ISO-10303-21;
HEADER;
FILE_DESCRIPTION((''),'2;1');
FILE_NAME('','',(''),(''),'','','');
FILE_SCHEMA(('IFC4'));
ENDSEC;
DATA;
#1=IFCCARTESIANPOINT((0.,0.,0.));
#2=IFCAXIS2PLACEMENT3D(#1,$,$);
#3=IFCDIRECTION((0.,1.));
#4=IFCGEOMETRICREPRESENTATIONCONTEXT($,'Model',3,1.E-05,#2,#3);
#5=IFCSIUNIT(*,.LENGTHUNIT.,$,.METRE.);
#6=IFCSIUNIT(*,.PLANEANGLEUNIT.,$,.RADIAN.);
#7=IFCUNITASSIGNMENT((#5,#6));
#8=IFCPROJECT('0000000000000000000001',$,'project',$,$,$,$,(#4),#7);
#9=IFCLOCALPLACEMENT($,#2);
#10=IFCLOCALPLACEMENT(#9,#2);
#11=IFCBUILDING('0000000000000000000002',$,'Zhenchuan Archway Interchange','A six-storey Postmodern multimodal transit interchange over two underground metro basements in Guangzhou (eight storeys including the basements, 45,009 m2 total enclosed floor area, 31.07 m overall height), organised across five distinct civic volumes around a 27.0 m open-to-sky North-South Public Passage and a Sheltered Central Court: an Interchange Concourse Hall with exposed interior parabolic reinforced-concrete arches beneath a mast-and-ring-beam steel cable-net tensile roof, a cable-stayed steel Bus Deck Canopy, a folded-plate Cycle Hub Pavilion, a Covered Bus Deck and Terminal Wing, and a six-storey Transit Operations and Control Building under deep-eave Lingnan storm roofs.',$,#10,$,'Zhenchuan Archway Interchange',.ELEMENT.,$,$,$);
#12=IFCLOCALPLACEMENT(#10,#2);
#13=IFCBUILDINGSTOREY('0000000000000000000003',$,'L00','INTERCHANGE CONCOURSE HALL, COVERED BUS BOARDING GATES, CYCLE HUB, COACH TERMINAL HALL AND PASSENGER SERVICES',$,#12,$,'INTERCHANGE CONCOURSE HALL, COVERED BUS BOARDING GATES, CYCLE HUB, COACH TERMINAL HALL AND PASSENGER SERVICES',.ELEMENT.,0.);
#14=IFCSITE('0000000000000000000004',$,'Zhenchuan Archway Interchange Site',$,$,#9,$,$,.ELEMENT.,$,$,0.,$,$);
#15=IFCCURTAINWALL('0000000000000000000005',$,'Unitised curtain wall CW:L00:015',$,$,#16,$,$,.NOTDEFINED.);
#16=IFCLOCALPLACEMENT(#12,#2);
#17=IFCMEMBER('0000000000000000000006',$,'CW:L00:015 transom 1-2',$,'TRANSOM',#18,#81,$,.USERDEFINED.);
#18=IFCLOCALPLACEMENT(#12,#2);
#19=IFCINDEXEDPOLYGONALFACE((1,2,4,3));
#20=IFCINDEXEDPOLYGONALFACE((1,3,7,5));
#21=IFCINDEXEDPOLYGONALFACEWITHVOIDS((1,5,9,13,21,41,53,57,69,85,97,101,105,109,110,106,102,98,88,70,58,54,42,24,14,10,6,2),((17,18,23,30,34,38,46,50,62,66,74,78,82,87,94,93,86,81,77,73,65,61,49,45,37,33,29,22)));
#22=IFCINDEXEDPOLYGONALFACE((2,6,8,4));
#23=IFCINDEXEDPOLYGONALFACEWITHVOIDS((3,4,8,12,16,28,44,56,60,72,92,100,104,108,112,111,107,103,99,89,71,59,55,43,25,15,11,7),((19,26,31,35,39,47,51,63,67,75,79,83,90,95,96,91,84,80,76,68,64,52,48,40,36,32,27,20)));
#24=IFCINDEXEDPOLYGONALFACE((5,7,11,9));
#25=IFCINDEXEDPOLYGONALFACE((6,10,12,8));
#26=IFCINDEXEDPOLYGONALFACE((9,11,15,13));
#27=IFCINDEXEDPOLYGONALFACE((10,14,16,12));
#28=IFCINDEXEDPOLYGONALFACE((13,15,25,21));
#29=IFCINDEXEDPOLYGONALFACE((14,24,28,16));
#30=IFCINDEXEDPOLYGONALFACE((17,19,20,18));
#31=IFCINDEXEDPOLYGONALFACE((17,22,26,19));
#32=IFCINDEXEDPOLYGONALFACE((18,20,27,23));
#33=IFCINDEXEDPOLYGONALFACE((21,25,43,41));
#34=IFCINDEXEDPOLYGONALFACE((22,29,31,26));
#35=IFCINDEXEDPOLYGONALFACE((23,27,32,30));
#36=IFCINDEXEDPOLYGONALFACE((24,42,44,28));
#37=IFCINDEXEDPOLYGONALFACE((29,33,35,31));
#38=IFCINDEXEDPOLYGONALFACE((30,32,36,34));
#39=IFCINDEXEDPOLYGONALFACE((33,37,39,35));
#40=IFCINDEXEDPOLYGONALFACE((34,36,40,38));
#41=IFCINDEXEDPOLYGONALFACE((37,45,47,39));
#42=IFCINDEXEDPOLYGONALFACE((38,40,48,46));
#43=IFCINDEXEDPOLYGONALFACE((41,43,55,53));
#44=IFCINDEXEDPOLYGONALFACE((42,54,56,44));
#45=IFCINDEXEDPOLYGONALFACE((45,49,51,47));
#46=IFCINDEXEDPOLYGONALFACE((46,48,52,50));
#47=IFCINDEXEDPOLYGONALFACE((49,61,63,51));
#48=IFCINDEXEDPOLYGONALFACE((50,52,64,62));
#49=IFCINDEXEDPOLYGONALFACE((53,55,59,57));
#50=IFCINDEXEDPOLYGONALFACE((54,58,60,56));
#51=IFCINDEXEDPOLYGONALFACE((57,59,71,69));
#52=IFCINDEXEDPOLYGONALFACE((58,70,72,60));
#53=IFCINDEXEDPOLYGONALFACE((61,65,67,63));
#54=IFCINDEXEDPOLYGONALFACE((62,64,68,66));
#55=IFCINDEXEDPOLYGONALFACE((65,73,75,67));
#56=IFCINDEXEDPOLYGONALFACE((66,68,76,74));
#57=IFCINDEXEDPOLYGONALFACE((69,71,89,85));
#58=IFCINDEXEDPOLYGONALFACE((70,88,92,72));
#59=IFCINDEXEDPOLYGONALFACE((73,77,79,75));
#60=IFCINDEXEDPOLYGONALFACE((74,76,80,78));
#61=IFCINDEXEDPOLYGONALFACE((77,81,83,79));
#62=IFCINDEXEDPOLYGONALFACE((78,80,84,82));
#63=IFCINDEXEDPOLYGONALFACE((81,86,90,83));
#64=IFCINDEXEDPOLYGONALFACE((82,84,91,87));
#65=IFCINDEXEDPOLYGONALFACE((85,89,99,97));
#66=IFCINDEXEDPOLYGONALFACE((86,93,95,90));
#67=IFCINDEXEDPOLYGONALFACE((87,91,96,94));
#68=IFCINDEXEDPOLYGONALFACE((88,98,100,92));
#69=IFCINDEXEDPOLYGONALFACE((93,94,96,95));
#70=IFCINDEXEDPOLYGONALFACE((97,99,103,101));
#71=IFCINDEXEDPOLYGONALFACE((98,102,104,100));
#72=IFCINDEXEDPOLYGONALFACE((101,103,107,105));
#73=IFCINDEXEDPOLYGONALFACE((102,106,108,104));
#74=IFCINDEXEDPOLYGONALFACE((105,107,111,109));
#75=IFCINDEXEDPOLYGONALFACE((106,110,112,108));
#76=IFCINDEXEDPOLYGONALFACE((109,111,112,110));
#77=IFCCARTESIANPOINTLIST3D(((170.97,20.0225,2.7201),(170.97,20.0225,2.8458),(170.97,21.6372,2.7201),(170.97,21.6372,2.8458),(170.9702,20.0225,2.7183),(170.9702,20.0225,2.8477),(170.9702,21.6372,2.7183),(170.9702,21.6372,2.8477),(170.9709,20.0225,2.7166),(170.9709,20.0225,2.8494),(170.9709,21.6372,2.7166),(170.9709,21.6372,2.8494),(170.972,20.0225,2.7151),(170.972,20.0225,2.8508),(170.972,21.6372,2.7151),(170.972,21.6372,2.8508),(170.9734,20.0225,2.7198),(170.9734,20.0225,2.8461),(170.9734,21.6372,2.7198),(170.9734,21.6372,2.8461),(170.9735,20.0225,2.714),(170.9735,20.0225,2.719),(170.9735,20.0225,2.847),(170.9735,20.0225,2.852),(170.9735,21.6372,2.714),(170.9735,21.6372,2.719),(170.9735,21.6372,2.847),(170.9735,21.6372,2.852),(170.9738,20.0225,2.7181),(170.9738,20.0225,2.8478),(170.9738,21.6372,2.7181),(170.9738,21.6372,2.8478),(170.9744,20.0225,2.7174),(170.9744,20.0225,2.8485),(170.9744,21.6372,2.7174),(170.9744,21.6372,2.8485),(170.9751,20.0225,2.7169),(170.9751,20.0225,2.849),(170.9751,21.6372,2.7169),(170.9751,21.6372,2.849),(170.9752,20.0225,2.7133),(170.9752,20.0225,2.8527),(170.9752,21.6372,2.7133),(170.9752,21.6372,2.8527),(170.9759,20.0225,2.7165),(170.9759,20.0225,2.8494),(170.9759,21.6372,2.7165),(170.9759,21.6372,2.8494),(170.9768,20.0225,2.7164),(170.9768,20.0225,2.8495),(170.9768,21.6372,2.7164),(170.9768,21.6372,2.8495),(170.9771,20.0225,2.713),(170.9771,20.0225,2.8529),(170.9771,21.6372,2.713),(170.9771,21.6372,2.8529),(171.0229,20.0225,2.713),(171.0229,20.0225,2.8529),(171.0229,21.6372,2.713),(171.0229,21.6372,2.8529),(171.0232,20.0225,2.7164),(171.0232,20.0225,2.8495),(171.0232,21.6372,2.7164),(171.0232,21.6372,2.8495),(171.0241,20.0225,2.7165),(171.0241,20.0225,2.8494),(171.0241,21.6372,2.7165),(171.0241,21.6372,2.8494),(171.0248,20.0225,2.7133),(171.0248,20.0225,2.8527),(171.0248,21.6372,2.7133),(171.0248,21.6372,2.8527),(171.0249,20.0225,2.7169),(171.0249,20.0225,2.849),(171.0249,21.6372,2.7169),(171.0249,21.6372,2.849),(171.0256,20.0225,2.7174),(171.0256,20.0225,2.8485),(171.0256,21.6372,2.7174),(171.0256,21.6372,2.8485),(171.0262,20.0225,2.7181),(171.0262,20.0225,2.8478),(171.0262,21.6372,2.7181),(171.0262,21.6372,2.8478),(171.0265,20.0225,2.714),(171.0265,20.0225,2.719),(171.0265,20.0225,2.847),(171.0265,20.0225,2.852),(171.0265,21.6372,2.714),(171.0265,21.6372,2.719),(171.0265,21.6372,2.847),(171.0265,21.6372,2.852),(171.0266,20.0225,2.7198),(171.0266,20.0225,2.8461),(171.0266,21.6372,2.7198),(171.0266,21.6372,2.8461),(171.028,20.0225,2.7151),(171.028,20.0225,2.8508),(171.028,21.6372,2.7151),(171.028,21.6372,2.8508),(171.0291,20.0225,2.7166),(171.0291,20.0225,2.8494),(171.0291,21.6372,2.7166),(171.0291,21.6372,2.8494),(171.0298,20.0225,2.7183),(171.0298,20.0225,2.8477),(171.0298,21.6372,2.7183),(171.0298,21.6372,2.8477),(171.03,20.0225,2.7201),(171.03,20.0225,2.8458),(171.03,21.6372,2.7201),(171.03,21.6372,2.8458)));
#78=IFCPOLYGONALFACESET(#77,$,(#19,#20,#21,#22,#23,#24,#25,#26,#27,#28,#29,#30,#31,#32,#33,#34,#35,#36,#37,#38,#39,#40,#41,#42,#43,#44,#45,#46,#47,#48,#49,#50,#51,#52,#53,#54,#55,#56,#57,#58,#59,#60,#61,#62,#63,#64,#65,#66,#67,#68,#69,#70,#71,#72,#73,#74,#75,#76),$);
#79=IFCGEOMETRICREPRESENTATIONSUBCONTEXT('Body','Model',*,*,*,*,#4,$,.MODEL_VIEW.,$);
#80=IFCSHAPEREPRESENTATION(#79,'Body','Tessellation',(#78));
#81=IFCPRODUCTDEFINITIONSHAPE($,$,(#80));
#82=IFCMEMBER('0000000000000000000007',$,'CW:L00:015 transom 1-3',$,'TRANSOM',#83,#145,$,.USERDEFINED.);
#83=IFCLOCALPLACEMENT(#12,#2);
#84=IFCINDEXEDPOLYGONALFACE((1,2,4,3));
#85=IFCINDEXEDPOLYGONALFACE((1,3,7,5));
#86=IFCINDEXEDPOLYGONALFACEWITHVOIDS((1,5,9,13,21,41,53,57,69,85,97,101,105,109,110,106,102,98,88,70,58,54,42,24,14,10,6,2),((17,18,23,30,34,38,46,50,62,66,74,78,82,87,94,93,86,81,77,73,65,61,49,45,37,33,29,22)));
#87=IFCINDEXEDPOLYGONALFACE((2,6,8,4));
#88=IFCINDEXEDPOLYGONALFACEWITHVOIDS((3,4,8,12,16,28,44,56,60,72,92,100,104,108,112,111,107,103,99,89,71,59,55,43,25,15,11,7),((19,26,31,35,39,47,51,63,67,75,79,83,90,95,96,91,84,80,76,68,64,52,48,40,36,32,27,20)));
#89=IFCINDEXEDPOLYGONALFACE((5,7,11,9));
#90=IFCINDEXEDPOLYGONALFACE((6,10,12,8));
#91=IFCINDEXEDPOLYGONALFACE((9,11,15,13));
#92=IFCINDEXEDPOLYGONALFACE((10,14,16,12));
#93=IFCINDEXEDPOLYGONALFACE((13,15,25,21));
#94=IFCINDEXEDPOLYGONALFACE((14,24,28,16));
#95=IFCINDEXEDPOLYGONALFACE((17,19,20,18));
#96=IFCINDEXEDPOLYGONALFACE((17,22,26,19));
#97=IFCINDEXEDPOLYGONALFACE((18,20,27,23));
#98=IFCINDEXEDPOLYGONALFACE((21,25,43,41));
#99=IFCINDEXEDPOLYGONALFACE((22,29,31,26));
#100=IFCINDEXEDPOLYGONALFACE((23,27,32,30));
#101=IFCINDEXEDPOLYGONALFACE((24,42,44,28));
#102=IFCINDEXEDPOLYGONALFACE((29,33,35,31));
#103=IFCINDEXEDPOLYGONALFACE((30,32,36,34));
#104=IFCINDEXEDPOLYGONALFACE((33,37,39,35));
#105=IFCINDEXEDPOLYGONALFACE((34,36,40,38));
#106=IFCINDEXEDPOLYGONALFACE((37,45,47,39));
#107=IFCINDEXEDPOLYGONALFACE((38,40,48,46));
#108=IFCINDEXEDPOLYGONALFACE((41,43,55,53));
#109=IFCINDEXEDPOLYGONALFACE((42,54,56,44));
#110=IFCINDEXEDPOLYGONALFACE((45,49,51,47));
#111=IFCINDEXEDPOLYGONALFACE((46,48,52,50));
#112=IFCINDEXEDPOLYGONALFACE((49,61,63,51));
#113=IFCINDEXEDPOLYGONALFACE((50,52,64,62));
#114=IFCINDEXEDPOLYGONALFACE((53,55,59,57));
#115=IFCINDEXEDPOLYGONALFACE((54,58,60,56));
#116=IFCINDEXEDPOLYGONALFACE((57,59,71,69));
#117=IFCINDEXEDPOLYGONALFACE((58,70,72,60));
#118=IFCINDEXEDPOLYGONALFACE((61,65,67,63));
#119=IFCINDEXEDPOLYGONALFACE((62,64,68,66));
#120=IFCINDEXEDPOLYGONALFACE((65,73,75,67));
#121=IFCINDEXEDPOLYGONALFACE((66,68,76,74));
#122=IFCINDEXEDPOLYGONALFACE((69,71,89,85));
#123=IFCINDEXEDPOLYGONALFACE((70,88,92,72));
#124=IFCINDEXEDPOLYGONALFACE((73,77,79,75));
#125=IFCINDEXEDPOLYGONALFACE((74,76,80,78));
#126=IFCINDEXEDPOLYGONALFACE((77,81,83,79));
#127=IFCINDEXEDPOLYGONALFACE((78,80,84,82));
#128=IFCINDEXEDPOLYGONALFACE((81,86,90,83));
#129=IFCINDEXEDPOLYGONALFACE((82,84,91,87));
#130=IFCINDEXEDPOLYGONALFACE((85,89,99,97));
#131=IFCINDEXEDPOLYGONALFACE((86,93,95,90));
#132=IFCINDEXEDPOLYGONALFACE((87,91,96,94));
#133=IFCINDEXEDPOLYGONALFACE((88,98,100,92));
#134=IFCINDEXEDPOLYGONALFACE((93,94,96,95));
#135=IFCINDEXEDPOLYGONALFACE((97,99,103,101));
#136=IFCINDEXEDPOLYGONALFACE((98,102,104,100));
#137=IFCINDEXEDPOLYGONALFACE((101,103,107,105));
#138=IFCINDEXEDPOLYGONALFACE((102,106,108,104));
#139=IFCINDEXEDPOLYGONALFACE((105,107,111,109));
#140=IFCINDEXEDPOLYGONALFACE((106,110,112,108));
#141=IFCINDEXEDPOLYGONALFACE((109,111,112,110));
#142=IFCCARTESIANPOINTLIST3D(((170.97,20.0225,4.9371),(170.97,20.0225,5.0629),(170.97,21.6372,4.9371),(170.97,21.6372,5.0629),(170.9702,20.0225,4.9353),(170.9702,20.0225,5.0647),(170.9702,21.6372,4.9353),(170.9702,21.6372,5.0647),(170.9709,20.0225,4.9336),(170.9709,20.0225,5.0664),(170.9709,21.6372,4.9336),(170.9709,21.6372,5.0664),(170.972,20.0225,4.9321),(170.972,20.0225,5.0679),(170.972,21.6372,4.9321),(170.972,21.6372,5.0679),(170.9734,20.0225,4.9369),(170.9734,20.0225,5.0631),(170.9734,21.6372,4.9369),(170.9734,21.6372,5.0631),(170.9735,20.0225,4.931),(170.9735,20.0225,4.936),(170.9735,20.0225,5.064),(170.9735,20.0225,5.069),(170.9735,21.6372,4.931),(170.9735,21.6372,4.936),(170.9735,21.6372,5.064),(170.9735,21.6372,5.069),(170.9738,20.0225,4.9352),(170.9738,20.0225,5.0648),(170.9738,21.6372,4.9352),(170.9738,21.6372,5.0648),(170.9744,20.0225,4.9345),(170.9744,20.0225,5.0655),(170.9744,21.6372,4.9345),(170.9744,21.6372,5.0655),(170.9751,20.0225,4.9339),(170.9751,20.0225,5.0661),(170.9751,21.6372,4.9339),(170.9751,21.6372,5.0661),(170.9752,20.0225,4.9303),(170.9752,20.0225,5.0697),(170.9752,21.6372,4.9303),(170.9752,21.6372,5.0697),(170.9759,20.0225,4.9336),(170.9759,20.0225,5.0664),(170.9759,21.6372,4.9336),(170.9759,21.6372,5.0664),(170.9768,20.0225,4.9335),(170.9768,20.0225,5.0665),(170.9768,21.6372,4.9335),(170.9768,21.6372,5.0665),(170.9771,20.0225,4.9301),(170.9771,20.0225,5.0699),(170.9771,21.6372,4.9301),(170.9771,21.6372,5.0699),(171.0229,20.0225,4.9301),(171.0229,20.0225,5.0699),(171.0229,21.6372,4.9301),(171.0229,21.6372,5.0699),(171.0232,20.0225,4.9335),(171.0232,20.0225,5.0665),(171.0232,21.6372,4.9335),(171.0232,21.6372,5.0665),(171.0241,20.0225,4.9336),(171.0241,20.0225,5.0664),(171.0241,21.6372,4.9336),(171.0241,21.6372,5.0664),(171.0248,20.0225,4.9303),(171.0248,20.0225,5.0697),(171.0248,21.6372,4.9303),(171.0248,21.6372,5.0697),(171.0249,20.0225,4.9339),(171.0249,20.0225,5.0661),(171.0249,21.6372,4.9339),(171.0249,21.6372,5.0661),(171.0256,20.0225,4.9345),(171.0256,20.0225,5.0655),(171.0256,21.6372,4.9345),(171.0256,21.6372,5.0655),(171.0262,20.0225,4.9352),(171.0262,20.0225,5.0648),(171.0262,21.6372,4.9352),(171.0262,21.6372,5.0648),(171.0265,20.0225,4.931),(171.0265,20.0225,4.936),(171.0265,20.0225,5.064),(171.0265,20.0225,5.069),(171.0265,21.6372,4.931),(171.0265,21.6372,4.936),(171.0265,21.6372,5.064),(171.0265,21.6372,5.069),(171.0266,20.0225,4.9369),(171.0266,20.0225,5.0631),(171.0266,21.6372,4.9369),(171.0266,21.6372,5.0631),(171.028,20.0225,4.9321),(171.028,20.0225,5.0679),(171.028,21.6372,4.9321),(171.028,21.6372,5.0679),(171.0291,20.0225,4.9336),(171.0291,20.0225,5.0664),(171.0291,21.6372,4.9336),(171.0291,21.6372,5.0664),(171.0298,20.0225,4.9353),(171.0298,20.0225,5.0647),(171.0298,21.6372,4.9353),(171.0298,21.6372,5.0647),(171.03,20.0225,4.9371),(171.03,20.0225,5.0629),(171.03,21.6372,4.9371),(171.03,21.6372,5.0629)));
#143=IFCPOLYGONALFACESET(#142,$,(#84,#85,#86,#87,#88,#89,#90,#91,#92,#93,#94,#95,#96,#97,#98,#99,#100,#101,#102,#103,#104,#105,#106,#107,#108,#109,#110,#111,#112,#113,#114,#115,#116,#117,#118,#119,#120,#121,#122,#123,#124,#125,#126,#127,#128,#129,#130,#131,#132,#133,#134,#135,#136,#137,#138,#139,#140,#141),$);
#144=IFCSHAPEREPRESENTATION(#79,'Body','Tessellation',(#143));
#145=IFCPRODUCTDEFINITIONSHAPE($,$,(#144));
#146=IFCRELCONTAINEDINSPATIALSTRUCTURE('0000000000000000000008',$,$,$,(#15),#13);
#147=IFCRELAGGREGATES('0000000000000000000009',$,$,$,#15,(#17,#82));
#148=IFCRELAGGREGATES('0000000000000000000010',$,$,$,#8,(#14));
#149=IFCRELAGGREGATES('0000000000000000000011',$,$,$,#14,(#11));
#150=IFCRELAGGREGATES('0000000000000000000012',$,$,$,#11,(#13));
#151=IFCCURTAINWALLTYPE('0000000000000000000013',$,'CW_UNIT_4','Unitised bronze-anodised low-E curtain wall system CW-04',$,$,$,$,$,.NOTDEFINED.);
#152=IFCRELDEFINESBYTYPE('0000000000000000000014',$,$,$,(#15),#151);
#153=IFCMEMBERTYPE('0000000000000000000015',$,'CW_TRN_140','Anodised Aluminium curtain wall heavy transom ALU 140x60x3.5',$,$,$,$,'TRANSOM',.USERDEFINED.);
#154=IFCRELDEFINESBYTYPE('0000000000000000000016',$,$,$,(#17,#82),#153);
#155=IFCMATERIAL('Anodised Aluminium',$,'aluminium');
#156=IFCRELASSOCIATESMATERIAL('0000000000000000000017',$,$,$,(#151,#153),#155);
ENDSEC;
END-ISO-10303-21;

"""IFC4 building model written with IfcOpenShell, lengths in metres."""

from ifc_helpers import new_model, si_unit, direction, frame, origin, origin_2d, place, context, subcontext, project, spatial, hollow_rectangle, extrude, material, material_profile, profile_set, type_object, element, aggregate, save


model = new_model("IFC4")

# Units and contexts
model_context = context("Model", 3, precision=1e-05, world=origin(), true_north=direction((0.0, 1.0)))
body_context = subcontext(model_context, "Body", "Model", "MODEL_VIEW")
ifc_project = project(units=[si_unit("LENGTHUNIT", "METRE"), si_unit("PLANEANGLEUNIT", "RADIAN")], contexts=[model_context])

# Site, building, storey
site_placement = place(None, origin())
site = spatial("IfcSite", under=ifc_project, at=site_placement, Name="Zhenchuan Archway Interchange Site", CompositionType="ELEMENT", RefElevation=0.0)
building_placement = place(site_placement, origin())
building = spatial("IfcBuilding", under=site, at=building_placement, Name="Zhenchuan Archway Interchange", Description="A six-storey Postmodern multimodal transit interchange over two underground metro basements in Guangzhou (eight storeys including the basements, 45,009 m2 total enclosed floor area, 31.07 m overall height), organised across five distinct civic volumes around a 27.0 m open-to-sky North-South Public Passage and a Sheltered Central Court: an Interchange Concourse Hall with exposed interior parabolic reinforced-concrete arches beneath a mast-and-ring-beam steel cable-net tensile roof, a cable-stayed steel Bus Deck Canopy, a folded-plate Cycle Hub Pavilion, a Covered Bus Deck and Terminal Wing, and a six-storey Transit Operations and Control Building under deep-eave Lingnan storm roofs.", LongName="Zhenchuan Archway Interchange", CompositionType="ELEMENT")
storey_placement = place(building_placement, origin())
storey = spatial("IfcBuildingStorey", under=building, at=storey_placement, Name="L00", Description="INTERCHANGE CONCOURSE HALL, COVERED BUS BOARDING GATES, CYCLE HUB, COACH TERMINAL HALL AND PASSENGER SERVICES", LongName="INTERCHANGE CONCOURSE HALL, COVERED BUS BOARDING GATES, CYCLE HUB, COACH TERMINAL HALL AND PASSENGER SERVICES", CompositionType="ELEMENT", Elevation=0.0)

# Curtain wall, members
ifc_material_1 = material(Name="Anodised Aluminium", Category="aluminium")
curtain_wall_type = type_object("IfcCurtainWallType", Name="CW_UNIT_4", Description="Unitised bronze-anodised low-E curtain wall system CW-04", PredefinedType="NOTDEFINED", material=ifc_material_1)
curtain_wall_placement = place(storey_placement, origin())
curtain_wall = element("IfcCurtainWall", 1, at=curtain_wall_placement, inside=storey, type_object=curtain_wall_type, Name="Unitised curtain wall CW:L00:015", PredefinedType="NOTDEFINED")
ifc_material_profile_1 = material_profile(ifc_material_1, hollow_rectangle(XDim=0.0601, YDim=0.1399, WallThickness=0.0034, InnerFilletRadius=0.0034, OuterFilletRadius=0.0071, at=origin_2d()), Name="ALU 140x60x3.5")
ifc_profile_set_1 = profile_set([ifc_material_profile_1], Name="Anodised Aluminium")
member_type_1 = type_object("IfcMemberType", Name="CW_TRN_140", Description="Anodised Aluminium curtain wall heavy transom ALU 140x60x3.5", ElementType="TRANSOM", PredefinedType="USERDEFINED", material=ifc_profile_set_1)
member_1_placement = place(storey_placement, frame((171.0, 21.6372, 2.783), z_axis=(0.0, -1.0, 0.0), x_axis=(1.0, 0.0, 0.0)))
member_1 = element("IfcMember", 2, at=member_1_placement, type_object=member_type_1, Name="CW:L00:015 transom 1-2", ObjectType="TRANSOM", PredefinedType="USERDEFINED", context=body_context, shape_type="SweptSolid", body=[
    extrude(hollow_rectangle(XDim=0.0601, YDim=0.1399, WallThickness=0.0034, InnerFilletRadius=0.0034, OuterFilletRadius=0.0071, at=origin_2d()), origin(), (0.0, 0.0, 1.0), 1.6147),
])
member_2_placement = place(storey_placement, frame((171.0, 21.6372, 5.0), z_axis=(0.0, -1.0, 0.0), x_axis=(1.0, 0.0, 0.0)))
member_2 = element("IfcMember", 3, at=member_2_placement, type_object=member_type_1, Name="CW:L00:015 transom 1-3", ObjectType="TRANSOM", PredefinedType="USERDEFINED", context=body_context, shape_type="SweptSolid", body=[
    extrude(hollow_rectangle(XDim=0.0601, YDim=0.1399, WallThickness=0.0034, InnerFilletRadius=0.0034, OuterFilletRadius=0.0071, at=origin_2d()), origin(), (0.0, 0.0, 1.0), 1.6147),
])
aggregate(curtain_wall, [member_1, member_2])

save(model, "model.ifc")
